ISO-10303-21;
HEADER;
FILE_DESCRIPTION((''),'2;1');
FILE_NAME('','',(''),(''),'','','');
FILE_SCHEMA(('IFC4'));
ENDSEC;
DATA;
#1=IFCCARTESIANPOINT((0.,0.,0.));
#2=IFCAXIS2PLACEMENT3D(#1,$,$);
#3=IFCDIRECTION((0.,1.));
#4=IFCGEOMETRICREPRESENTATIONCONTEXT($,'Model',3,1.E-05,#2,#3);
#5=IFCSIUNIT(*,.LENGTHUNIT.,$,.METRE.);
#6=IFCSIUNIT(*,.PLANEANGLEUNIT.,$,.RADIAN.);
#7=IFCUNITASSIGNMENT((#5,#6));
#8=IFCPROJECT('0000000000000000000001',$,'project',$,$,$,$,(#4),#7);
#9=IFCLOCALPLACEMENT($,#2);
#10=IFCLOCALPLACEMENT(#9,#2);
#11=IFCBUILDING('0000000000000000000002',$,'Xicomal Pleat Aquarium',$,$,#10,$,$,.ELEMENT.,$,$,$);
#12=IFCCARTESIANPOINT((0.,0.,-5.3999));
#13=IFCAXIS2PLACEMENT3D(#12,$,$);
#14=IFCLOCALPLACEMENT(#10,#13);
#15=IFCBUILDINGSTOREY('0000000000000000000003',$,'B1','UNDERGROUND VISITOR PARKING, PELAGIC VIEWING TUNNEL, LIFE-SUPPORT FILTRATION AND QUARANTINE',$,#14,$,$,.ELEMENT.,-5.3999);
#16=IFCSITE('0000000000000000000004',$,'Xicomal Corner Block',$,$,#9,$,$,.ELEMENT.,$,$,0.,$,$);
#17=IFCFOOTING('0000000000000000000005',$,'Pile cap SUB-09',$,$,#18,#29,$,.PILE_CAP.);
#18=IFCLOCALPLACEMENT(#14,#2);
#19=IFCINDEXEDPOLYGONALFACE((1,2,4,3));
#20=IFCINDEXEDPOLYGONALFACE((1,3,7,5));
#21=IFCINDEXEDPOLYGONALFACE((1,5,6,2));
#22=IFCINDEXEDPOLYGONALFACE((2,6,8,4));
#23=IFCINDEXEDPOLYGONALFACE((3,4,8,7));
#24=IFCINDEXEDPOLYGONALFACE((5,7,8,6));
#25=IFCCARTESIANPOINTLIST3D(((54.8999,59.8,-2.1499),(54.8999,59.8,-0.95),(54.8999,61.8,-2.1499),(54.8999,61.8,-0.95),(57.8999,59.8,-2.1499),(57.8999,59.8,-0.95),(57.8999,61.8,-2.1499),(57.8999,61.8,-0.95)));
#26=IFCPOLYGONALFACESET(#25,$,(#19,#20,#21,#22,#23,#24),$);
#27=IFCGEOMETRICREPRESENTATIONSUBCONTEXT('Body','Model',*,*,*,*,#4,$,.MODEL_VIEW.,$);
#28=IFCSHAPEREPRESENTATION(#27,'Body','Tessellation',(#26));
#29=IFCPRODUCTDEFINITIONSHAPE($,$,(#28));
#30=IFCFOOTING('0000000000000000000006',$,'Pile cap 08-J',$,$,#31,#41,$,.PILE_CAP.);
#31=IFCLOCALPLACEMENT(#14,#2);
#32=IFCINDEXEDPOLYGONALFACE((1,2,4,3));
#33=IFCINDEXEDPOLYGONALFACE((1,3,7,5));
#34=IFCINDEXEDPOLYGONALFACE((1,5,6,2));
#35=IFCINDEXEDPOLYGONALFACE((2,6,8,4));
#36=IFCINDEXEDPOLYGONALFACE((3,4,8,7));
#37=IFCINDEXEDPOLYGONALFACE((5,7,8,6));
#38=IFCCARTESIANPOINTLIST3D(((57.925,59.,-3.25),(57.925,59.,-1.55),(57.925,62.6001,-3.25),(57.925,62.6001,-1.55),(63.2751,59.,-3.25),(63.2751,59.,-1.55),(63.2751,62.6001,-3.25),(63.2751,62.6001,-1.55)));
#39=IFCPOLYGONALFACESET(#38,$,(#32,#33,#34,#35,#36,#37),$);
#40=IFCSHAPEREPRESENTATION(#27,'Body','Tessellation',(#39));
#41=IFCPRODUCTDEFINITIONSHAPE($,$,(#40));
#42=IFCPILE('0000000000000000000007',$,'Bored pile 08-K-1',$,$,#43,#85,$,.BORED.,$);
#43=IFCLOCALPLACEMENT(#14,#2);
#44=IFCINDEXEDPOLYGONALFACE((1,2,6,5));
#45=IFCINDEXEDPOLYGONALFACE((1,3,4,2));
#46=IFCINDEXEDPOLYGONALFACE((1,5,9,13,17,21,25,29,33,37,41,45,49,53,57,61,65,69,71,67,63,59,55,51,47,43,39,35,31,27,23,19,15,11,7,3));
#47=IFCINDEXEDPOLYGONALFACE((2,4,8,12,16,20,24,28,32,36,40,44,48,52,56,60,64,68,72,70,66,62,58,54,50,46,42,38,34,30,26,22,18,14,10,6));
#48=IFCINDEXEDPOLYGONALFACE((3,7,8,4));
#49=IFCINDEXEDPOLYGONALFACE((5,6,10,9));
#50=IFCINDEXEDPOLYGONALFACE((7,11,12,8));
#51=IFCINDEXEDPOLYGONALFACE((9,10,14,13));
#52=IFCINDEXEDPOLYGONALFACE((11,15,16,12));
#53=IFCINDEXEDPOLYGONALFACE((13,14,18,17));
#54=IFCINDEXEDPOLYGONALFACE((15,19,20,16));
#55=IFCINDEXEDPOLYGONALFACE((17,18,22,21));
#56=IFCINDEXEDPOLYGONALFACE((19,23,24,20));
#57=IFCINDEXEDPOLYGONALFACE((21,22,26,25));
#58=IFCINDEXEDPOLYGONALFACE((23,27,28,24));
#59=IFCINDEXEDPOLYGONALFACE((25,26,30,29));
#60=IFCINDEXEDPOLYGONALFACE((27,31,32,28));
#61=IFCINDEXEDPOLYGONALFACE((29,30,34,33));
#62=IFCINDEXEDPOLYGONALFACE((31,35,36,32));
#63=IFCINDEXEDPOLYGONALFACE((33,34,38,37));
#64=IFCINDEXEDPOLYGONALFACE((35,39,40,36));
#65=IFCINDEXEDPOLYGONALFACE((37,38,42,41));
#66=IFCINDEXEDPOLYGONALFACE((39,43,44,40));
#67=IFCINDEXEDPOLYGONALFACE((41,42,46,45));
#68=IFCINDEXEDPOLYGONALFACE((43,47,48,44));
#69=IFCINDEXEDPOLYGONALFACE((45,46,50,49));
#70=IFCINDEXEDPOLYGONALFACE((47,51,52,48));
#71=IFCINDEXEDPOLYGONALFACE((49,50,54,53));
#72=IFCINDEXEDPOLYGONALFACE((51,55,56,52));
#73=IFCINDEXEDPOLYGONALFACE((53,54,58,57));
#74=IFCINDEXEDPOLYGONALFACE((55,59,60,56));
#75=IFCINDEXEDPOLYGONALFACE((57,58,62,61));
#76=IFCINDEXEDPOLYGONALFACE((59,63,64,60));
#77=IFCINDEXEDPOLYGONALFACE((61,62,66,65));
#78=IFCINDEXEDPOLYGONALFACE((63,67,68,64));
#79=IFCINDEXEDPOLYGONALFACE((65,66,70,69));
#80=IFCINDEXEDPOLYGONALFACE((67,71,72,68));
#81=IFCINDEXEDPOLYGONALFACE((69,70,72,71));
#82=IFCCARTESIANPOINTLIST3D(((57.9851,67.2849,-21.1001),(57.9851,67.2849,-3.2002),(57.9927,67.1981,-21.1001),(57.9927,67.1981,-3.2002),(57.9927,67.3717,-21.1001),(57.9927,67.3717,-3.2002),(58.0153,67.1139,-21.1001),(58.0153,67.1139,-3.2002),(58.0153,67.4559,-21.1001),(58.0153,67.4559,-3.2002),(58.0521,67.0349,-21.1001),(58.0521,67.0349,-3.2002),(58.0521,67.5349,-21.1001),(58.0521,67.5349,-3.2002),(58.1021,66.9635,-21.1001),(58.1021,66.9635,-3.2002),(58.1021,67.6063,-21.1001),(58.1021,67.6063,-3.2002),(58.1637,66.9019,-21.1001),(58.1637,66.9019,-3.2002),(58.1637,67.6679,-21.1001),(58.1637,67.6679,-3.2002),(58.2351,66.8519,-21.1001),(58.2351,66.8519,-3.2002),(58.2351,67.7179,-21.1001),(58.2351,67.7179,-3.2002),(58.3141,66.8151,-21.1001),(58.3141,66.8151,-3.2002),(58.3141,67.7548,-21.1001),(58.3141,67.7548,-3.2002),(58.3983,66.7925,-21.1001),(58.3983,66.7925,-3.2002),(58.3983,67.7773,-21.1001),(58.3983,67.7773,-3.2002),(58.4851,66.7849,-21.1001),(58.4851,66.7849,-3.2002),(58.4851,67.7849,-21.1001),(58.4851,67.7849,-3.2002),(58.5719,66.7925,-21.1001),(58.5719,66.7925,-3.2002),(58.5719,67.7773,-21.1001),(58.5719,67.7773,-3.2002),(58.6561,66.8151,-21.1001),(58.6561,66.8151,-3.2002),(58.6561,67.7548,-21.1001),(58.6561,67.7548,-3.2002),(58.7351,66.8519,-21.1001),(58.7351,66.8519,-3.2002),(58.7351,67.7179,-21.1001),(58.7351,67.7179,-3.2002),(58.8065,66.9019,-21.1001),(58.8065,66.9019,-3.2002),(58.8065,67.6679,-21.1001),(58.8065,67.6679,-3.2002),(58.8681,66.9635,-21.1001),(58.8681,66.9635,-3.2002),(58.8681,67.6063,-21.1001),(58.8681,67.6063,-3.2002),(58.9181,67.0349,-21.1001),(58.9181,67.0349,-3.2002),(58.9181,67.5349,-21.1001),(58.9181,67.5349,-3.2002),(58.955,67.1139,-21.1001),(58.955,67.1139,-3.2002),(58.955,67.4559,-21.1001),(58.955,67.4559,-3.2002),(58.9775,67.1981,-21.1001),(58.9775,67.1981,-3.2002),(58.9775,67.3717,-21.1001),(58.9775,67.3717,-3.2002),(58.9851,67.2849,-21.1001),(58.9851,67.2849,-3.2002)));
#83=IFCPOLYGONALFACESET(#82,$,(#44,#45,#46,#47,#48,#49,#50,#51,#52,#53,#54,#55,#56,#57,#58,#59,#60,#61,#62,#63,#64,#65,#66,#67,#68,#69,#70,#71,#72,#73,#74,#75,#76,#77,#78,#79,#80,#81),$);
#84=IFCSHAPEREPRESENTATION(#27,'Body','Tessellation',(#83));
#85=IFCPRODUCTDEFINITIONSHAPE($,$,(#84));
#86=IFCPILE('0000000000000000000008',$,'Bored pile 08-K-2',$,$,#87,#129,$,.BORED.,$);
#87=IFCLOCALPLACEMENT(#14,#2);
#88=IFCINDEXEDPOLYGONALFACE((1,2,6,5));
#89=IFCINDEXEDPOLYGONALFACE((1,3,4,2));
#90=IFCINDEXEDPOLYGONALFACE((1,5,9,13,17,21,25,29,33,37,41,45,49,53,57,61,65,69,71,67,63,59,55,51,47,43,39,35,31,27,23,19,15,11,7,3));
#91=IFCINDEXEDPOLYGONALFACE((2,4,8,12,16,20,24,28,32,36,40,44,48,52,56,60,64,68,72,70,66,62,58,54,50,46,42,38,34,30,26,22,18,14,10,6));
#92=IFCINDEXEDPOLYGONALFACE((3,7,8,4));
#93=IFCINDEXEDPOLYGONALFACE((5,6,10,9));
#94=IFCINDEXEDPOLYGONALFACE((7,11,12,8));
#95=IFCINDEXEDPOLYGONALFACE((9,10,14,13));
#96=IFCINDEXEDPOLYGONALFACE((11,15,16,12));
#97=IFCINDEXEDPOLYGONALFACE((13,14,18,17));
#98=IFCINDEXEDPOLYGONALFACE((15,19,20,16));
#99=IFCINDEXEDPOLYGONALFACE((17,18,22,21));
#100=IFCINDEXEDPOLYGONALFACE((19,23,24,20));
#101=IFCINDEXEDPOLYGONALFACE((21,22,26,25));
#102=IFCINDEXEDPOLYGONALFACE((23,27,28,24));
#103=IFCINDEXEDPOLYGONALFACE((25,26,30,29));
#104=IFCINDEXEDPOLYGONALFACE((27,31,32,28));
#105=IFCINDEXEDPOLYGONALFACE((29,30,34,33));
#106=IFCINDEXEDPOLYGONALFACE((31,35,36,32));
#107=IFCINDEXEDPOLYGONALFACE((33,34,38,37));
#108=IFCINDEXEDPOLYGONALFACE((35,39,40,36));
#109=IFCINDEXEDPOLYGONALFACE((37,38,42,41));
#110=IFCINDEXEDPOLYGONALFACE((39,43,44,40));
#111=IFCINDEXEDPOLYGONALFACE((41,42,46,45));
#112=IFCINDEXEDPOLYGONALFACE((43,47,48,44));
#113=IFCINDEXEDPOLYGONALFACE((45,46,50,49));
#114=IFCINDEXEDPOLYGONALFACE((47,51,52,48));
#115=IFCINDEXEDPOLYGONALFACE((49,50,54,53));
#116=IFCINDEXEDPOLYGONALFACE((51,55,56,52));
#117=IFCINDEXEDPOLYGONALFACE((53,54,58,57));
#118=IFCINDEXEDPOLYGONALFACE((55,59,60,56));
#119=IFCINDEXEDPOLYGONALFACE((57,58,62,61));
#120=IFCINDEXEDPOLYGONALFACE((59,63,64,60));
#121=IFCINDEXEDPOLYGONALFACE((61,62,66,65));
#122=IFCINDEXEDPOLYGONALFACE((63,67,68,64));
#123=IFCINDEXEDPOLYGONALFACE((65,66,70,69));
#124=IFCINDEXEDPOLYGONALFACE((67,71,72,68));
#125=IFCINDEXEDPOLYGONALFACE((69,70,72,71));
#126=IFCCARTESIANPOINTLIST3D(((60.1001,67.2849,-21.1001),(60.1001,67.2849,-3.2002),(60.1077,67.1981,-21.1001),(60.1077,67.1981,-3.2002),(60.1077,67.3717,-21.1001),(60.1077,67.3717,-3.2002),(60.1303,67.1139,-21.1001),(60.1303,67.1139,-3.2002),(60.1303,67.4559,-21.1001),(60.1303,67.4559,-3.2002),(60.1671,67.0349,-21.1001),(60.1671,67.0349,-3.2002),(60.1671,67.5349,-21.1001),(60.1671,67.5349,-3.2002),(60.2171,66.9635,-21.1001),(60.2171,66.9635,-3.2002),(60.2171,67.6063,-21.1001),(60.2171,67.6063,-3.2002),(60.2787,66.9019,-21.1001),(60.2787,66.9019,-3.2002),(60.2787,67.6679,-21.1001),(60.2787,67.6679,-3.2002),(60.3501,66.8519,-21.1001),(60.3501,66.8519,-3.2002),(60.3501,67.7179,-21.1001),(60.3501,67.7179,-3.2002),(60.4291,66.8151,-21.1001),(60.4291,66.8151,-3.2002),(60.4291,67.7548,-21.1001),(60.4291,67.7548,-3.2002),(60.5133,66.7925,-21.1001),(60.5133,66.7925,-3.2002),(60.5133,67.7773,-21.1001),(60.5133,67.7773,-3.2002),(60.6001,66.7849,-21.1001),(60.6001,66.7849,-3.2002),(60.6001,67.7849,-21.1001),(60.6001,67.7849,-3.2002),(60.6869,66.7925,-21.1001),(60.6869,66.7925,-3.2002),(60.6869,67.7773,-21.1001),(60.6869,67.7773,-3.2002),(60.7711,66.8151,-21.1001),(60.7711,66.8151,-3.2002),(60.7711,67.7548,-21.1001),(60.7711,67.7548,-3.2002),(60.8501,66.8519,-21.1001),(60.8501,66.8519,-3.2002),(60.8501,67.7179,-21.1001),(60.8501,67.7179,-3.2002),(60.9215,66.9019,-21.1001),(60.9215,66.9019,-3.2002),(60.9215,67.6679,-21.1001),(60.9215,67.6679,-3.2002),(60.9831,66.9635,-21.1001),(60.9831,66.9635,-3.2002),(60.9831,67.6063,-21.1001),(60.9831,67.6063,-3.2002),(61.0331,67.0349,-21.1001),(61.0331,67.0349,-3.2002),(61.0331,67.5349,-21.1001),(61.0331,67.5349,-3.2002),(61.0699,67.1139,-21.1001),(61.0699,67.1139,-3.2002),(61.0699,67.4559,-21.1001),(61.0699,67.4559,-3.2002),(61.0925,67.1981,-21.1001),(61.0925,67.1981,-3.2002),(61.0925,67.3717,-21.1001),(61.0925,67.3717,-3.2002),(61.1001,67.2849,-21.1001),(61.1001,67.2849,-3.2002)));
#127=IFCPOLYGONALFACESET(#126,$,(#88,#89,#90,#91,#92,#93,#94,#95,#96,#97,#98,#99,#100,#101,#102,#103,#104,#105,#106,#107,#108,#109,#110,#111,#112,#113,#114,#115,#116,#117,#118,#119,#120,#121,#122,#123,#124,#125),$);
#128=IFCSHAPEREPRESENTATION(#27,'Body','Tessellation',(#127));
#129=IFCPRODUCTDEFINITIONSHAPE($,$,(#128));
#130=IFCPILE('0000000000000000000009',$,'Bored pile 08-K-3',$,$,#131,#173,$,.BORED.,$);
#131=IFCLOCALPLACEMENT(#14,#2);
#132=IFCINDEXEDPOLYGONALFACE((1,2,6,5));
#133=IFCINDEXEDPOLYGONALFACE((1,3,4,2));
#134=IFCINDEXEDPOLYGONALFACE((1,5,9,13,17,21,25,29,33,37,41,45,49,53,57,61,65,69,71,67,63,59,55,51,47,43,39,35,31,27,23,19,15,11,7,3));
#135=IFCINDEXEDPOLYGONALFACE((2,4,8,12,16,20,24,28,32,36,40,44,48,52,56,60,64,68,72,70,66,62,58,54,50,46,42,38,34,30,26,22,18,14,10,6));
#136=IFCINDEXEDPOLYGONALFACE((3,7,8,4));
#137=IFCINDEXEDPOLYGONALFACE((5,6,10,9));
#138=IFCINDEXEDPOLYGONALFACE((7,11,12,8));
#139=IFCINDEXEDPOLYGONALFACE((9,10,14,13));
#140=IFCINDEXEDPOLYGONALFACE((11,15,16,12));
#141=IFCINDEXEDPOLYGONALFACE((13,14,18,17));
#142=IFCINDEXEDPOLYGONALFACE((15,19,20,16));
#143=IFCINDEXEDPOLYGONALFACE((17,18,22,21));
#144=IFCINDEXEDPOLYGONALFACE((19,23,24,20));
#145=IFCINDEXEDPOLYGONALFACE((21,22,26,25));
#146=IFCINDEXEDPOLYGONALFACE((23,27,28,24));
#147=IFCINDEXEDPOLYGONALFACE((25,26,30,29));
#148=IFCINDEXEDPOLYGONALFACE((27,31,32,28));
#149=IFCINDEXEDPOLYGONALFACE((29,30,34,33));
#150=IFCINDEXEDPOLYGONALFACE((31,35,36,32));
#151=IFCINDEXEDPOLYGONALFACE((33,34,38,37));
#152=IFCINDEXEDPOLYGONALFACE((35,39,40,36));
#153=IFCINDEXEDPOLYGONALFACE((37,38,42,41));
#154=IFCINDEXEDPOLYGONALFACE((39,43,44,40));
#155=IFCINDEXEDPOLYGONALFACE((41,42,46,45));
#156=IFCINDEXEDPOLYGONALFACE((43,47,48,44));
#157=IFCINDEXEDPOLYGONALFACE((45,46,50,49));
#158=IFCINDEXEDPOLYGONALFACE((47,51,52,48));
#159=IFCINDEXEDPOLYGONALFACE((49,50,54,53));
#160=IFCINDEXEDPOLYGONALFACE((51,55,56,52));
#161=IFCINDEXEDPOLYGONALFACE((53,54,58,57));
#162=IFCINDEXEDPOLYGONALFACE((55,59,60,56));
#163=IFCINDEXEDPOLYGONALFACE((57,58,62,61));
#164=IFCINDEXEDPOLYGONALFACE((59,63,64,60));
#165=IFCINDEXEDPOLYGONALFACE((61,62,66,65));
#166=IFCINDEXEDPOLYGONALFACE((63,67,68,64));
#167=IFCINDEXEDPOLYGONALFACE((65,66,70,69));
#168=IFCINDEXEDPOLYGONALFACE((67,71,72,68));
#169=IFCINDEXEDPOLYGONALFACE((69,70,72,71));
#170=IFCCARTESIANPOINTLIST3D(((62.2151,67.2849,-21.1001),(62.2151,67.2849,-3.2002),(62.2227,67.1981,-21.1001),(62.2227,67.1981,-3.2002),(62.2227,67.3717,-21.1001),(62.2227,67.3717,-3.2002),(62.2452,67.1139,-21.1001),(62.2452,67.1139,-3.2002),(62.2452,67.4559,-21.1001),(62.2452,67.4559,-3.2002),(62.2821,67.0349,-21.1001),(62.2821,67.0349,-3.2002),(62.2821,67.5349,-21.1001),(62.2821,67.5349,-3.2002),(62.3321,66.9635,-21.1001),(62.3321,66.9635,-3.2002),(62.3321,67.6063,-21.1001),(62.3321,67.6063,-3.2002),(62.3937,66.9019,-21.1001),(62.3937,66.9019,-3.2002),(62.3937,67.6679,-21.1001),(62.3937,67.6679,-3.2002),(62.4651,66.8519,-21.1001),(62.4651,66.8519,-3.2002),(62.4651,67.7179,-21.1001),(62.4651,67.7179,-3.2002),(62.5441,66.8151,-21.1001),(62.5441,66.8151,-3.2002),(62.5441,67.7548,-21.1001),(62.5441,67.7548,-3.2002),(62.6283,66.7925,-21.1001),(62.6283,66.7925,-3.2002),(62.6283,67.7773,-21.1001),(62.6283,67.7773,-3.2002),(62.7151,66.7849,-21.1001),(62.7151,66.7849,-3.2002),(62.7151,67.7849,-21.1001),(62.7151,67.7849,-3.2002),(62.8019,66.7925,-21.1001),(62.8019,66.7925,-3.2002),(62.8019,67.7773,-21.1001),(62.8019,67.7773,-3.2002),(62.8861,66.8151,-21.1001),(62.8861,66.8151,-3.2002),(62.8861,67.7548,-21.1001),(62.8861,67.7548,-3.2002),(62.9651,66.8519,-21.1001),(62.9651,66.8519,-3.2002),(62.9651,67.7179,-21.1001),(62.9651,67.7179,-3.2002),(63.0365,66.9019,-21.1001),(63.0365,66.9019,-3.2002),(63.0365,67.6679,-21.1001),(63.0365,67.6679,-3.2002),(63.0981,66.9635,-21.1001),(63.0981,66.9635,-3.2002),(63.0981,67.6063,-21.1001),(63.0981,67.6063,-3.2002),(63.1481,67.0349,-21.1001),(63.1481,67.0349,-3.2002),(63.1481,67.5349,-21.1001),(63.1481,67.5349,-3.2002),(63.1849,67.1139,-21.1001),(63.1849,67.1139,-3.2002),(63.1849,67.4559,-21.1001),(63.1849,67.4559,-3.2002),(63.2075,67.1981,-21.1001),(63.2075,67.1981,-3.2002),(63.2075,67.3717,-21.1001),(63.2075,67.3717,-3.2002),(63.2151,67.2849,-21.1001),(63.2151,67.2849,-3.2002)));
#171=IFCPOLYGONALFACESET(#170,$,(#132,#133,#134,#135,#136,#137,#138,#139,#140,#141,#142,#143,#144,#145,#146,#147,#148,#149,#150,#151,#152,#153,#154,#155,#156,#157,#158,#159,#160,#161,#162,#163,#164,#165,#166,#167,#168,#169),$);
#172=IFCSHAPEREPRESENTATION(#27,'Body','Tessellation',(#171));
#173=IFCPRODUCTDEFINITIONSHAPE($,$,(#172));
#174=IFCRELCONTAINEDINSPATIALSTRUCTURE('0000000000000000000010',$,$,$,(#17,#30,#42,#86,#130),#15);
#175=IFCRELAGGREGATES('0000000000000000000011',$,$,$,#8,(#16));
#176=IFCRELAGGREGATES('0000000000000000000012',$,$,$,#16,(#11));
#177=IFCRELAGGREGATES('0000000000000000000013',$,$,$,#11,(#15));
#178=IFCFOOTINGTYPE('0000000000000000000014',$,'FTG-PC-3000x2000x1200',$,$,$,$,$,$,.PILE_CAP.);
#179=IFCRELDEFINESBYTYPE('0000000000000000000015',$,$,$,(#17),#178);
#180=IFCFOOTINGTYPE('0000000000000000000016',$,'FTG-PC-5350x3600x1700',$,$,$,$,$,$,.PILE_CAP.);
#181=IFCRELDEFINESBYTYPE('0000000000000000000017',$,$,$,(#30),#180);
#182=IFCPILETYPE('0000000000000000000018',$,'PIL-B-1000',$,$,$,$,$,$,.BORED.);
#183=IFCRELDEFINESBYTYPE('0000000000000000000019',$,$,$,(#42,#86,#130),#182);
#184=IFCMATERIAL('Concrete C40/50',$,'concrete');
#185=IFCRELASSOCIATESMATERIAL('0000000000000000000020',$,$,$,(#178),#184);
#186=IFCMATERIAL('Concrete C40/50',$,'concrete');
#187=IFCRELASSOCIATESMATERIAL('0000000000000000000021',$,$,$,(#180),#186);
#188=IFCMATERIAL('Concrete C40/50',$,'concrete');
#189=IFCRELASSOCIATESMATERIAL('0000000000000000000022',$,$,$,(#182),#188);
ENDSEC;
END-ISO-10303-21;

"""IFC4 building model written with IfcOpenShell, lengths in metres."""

from ifc_helpers import new_model, si_unit, direction, frame, origin, origin_2d, place, context, subcontext, project, spatial, rectangle, circle, extrude, material, material_profile, profile_set, type_object, element, save


model = new_model("IFC4")

# Units and contexts
model_context = context("Model", 3, precision=1e-05, world=origin(), true_north=direction((0.0, 1.0)))
body_context = subcontext(model_context, "Body", "Model", "MODEL_VIEW")
ifc_project = project(units=[si_unit("LENGTHUNIT", "METRE"), si_unit("PLANEANGLEUNIT", "RADIAN")], contexts=[model_context])

# Site, building, storey
site_placement = place(None, origin())
site = spatial("IfcSite", under=ifc_project, at=site_placement, Name="Xicomal Corner Block", CompositionType="ELEMENT", RefElevation=0.0)
building_placement = place(site_placement, origin())
building = spatial("IfcBuilding", under=site, at=building_placement, Name="Xicomal Pleat Aquarium", CompositionType="ELEMENT")
storey_placement = place(building_placement, frame((0.0, 0.0, -5.3999)))
storey = spatial("IfcBuildingStorey", under=building, at=storey_placement, Name="B1", Description="UNDERGROUND VISITOR PARKING, PELAGIC VIEWING TUNNEL, LIFE-SUPPORT FILTRATION AND QUARANTINE", CompositionType="ELEMENT", Elevation=-5.3999)

# Footings
ifc_material_1 = material(Name="Concrete C40/50", Category="concrete")
footing_type_1 = type_object("IfcFootingType", Name="FTG-PC-3000x2000x1200", PredefinedType="PILE_CAP", material=ifc_material_1)
footing_1_placement = place(storey_placement, frame((56.3999, 60.8, -2.1499), z_axis=(0.0, 0.0, 1.0), x_axis=(1.0, 0.0, 0.0)))
element("IfcFooting", 1, at=footing_1_placement, inside=storey, type_object=footing_type_1, Name="Pile cap SUB-09", PredefinedType="PILE_CAP", context=body_context, shape_type="SweptSolid", body=[
    extrude(rectangle(XDim=3.0, YDim=2.0, at=origin_2d()), origin(), (0.0, 0.0, 1.0), 1.2),
])
ifc_material_2 = material(Name="Concrete C40/50", Category="concrete")
footing_type_2 = type_object("IfcFootingType", Name="FTG-PC-5350x3600x1700", PredefinedType="PILE_CAP", material=ifc_material_2)
footing_2_placement = place(storey_placement, frame((60.6001, 60.8, -3.25), z_axis=(0.0, 0.0, 1.0), x_axis=(1.0, 0.0, 0.0)))
element("IfcFooting", 2, at=footing_2_placement, inside=storey, type_object=footing_type_2, Name="Pile cap 08-J", PredefinedType="PILE_CAP", context=body_context, shape_type="SweptSolid", body=[
    extrude(rectangle(XDim=5.3501, YDim=3.6001, at=origin_2d()), origin(), (0.0, 0.0, 1.0), 1.7),
])

# Piles
ifc_material_3 = material(Name="Concrete C40/50", Category="concrete")
ifc_material_profile_1 = material_profile(ifc_material_3, circle(Radius=0.5, at=origin_2d()), Name="BORED PILE D1000")
ifc_profile_set_1 = profile_set([ifc_material_profile_1], Name="Concrete C40/50")
pile_type_1 = type_object("IfcPileType", Name="PIL-B-1000", PredefinedType="BORED", material=ifc_profile_set_1)
for number, where, z_axis, x_axis, name in (
    (3, (58.4851, 67.2849, -3.2002), (0.0, 0.0, -1.0), (1.0, 0.0, 0.0), "Bored pile 08-K-1"),
    (4, (60.6001, 67.2849, -3.2002), (0.0, 0.0, -1.0), (1.0, 0.0, 0.0), "Bored pile 08-K-2"),
    (5, (62.7151, 67.2849, -3.2002), (0.0, 0.0, -1.0), (1.0, 0.0, 0.0), "Bored pile 08-K-3"),
):
    element("IfcPile", number, at=place(storey_placement, frame(where, z_axis=z_axis, x_axis=x_axis)), inside=storey, type_object=pile_type_1, Name=name, PredefinedType="BORED", context=body_context, shape_type="SweptSolid", body=[
        extrude(circle(Radius=0.5, at=origin_2d()), origin(), (0.0, 0.0, 1.0), 17.8999),
    ])

save(model, "model.ifc")
